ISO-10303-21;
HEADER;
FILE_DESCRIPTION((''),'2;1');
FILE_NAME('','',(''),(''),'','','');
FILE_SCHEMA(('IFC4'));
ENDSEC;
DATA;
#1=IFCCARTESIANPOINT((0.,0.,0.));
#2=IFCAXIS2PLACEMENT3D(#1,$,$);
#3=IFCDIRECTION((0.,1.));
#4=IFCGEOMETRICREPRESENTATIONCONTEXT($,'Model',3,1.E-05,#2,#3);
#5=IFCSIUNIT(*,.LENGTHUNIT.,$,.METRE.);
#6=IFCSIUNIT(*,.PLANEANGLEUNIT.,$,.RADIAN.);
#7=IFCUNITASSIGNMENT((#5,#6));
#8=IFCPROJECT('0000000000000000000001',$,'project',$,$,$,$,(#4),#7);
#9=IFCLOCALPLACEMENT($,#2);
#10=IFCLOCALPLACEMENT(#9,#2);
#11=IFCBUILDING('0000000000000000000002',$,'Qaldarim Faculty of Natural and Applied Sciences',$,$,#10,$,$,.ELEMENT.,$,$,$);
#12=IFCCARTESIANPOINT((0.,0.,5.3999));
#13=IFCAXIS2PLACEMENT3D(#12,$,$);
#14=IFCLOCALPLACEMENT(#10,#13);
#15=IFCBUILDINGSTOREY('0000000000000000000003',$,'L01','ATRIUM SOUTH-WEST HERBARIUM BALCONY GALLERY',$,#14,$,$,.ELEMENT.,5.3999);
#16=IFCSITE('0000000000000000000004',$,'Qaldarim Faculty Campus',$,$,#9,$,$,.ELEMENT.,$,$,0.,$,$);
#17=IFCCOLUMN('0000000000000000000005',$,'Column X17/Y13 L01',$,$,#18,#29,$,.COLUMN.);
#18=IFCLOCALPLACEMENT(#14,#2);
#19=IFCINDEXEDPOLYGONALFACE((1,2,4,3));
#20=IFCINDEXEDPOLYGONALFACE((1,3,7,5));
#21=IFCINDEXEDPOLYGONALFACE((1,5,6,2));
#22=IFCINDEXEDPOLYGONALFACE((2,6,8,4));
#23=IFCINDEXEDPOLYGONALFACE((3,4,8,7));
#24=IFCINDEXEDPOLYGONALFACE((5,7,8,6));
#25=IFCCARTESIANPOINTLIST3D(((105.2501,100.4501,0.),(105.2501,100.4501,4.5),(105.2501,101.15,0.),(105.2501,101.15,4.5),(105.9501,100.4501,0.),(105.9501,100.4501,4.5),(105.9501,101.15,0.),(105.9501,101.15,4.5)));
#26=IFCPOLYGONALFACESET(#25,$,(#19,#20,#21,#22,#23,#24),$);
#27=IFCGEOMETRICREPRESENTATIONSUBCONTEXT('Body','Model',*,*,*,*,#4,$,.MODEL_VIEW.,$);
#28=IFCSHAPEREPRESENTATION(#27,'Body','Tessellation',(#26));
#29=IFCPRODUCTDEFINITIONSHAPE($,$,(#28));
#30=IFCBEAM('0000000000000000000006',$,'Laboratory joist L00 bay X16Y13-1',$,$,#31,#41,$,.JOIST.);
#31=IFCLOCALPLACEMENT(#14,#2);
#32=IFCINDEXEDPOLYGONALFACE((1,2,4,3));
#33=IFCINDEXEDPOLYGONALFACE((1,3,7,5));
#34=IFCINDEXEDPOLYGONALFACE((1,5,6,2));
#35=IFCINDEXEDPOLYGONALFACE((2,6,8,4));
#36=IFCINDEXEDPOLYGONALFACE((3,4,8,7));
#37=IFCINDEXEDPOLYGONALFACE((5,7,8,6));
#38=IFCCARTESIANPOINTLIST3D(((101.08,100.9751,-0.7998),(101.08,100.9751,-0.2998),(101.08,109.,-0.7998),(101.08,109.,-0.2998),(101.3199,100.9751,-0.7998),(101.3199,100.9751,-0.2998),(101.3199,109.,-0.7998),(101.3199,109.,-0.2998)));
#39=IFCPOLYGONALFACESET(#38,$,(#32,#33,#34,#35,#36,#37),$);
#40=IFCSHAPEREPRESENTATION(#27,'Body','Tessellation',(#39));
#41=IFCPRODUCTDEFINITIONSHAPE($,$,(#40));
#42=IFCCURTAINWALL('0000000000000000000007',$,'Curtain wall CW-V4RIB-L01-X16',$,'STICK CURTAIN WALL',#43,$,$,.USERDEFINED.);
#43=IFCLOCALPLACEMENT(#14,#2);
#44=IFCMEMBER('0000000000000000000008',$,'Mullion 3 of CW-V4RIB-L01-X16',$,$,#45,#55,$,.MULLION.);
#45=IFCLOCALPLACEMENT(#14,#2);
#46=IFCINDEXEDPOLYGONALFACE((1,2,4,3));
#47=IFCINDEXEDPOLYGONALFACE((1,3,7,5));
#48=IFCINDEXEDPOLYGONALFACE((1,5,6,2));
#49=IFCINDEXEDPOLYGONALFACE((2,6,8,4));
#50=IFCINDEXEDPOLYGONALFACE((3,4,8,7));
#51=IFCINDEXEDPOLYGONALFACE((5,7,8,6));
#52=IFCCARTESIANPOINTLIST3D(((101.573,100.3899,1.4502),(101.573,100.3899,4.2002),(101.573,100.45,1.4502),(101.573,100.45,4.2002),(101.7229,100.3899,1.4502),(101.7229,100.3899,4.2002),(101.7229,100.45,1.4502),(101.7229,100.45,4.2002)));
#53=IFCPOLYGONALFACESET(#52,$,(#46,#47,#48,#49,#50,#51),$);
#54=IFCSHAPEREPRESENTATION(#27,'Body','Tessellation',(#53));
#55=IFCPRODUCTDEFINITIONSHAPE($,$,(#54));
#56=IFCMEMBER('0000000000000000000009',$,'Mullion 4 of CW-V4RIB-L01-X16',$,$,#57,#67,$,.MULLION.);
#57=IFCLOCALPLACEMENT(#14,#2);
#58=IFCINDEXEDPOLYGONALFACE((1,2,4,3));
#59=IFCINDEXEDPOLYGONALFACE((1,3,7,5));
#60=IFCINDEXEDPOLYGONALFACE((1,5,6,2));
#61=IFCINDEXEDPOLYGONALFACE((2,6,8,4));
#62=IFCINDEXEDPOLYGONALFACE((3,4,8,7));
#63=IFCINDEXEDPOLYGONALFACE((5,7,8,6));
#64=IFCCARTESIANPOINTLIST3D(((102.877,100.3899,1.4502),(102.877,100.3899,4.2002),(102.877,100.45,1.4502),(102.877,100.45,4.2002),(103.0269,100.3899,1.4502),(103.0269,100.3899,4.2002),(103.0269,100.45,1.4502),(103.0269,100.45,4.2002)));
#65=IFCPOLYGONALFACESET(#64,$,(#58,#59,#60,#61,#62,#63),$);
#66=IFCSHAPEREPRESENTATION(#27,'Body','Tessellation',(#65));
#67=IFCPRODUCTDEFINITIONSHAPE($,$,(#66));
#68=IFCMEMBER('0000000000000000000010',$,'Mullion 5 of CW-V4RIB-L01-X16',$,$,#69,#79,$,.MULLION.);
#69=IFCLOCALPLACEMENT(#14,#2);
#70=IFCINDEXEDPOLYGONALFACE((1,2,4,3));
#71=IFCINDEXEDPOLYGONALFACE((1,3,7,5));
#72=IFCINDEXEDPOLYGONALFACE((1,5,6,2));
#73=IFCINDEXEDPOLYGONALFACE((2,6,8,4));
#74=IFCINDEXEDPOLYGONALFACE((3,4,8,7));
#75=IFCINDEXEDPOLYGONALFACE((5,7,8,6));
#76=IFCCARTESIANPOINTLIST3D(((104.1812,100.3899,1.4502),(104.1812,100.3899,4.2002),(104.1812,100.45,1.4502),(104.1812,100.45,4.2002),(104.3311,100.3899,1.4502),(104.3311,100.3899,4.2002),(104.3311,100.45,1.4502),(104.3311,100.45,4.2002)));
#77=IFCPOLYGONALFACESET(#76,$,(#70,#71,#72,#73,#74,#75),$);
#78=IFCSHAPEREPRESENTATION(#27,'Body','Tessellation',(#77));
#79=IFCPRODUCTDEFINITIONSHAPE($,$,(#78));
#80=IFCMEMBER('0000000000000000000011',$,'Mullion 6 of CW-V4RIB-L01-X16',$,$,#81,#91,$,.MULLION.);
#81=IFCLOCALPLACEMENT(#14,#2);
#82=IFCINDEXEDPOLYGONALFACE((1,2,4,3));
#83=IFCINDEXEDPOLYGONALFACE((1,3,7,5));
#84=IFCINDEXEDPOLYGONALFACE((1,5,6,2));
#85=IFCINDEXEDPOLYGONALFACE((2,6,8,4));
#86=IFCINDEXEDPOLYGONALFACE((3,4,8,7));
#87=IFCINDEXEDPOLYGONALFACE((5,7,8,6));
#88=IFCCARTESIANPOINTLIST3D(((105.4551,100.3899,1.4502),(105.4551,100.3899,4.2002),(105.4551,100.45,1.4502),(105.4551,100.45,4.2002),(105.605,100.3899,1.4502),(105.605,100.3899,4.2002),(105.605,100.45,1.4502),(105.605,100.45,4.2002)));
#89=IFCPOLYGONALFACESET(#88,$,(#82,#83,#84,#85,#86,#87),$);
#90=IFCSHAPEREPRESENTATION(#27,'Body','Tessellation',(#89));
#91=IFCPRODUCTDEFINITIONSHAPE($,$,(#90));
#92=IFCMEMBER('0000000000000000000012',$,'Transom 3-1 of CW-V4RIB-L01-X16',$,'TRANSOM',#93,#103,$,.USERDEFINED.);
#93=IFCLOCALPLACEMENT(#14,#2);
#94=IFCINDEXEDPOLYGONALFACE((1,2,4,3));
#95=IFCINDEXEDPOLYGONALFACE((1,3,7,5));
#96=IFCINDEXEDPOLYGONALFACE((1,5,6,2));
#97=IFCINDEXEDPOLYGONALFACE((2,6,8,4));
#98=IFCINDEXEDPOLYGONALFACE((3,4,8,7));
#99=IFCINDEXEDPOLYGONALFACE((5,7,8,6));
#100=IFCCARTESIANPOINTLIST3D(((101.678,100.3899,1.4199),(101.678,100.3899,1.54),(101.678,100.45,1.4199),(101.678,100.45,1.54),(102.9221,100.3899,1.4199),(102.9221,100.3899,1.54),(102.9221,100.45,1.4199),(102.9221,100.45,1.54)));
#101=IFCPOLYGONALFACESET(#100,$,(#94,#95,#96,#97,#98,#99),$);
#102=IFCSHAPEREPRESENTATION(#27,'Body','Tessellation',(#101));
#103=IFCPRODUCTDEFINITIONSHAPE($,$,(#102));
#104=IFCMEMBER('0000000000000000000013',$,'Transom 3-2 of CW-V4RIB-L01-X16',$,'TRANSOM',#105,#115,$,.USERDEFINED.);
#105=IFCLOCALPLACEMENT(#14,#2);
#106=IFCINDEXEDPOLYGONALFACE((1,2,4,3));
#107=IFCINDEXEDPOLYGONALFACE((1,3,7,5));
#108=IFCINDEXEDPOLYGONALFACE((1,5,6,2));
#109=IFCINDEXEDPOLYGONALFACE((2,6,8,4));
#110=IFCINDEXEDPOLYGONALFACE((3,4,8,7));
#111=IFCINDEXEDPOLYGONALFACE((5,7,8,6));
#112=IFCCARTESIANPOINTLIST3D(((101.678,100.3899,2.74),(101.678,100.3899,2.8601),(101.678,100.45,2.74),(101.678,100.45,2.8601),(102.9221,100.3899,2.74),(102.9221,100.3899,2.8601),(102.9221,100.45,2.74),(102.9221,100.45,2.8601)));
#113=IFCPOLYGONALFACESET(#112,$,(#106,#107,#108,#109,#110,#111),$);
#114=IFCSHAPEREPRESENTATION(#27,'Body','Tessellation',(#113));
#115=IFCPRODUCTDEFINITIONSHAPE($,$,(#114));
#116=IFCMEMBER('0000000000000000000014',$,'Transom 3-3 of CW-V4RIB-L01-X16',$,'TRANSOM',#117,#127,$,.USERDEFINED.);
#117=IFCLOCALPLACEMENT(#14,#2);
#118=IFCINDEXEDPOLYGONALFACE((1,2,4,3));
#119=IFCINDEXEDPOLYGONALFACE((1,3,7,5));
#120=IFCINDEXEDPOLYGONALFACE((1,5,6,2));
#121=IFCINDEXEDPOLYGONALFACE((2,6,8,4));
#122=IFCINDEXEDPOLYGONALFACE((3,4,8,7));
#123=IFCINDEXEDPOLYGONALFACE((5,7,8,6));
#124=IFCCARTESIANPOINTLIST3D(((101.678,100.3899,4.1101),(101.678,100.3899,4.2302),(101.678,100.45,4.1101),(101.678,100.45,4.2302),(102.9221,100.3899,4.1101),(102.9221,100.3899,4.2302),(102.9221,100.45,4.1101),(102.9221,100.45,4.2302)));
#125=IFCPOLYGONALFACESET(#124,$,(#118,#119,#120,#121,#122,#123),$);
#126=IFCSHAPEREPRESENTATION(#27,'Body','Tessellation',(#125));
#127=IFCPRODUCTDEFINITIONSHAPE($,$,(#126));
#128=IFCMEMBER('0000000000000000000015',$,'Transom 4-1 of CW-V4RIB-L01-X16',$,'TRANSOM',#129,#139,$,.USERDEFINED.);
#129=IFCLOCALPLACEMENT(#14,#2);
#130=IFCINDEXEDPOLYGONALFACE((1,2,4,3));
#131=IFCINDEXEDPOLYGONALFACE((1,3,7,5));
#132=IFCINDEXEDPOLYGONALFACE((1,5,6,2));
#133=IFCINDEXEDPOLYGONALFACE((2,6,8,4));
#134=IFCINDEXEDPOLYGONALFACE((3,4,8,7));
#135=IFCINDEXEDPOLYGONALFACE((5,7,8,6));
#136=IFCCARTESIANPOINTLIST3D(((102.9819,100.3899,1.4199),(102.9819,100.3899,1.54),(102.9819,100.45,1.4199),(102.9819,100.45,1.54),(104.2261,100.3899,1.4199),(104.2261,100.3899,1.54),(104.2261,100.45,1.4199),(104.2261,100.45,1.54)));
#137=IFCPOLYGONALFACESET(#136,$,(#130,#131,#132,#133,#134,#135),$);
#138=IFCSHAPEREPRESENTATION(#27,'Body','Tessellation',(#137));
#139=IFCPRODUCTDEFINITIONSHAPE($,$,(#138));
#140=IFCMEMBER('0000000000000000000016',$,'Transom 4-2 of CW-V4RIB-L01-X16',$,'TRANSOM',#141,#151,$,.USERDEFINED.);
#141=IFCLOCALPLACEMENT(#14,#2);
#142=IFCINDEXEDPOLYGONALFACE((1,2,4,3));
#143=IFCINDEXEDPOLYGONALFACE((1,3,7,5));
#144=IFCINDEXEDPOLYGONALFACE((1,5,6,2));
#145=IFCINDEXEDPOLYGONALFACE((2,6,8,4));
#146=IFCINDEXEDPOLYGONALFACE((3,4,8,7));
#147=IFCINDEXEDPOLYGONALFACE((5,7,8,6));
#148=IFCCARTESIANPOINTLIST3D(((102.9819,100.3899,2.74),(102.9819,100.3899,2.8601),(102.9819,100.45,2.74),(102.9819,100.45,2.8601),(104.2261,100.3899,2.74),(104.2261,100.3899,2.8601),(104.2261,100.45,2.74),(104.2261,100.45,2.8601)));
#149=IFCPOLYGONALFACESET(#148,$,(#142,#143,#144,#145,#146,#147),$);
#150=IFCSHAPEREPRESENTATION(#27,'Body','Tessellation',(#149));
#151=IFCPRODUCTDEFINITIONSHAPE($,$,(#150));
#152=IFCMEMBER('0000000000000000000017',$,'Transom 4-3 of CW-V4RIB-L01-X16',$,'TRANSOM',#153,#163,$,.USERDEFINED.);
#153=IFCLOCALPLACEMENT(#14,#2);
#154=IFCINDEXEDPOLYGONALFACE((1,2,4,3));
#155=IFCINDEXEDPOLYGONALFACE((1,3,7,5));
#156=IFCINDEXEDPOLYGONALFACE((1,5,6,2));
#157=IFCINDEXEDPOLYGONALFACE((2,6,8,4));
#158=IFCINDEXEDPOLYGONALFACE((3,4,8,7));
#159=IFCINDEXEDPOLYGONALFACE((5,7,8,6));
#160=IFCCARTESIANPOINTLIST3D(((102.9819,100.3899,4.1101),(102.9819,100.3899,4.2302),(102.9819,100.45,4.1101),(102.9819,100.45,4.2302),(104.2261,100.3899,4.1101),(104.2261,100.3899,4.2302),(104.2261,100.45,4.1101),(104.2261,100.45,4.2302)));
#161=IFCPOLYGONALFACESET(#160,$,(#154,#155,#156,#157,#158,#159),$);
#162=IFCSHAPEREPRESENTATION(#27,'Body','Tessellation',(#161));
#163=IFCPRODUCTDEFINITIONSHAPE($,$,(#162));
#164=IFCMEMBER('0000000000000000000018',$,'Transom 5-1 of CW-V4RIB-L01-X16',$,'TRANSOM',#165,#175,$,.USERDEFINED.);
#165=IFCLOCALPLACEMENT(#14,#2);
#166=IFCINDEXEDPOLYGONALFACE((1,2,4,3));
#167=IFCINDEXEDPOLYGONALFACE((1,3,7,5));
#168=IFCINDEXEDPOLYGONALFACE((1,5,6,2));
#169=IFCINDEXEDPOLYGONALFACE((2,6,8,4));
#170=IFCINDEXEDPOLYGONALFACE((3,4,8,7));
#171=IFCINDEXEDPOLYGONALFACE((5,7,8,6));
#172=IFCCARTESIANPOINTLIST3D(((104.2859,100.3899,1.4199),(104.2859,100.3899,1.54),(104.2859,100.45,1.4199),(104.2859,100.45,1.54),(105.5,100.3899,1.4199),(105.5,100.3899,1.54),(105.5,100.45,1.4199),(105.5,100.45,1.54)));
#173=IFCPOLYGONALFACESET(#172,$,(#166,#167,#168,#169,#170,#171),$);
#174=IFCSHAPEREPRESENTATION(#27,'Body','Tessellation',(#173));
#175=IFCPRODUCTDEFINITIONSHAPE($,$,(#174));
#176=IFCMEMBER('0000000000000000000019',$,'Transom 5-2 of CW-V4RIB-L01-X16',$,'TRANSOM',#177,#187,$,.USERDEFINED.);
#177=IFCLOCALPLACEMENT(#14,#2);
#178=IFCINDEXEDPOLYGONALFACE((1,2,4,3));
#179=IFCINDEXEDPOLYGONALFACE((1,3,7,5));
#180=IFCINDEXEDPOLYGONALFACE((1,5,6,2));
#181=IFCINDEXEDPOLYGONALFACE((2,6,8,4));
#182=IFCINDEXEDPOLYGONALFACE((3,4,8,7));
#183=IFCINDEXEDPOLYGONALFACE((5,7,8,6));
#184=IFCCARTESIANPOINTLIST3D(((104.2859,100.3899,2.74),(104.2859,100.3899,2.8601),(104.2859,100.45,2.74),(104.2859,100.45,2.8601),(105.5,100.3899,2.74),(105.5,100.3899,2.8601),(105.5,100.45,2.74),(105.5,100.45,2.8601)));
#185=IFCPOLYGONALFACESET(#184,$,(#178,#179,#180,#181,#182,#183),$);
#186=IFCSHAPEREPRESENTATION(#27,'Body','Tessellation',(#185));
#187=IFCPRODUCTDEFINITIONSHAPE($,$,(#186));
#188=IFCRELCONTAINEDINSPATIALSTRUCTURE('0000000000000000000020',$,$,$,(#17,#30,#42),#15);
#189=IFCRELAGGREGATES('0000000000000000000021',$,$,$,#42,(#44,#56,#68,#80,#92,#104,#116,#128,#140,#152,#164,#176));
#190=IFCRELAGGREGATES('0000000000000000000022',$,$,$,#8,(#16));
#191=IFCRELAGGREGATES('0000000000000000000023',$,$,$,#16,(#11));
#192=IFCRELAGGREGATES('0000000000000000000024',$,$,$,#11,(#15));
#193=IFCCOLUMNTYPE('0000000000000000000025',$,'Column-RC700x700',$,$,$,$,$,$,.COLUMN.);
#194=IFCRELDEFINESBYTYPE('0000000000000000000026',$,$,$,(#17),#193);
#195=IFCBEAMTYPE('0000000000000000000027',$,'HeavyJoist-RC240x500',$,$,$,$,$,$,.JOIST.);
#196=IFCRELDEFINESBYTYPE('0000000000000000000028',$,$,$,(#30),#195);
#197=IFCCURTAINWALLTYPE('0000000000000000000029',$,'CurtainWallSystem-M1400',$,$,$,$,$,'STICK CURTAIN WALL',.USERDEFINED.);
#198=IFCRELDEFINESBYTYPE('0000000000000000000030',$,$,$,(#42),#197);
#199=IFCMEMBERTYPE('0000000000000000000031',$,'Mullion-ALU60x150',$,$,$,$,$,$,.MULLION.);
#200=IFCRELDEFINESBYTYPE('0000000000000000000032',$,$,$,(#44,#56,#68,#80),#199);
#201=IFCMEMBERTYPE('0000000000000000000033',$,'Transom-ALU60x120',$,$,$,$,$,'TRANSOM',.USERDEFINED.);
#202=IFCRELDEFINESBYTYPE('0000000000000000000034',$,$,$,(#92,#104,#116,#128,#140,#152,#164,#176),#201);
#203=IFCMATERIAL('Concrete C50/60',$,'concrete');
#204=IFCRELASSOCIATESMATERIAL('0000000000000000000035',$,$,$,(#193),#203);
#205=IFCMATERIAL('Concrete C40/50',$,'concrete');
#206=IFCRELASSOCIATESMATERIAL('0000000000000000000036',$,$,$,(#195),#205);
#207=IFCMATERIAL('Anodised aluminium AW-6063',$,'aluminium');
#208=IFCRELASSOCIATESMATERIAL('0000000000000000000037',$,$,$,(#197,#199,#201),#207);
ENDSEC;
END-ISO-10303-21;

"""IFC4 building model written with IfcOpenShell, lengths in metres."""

from ifc_helpers import new_model, si_unit, direction, frame, origin, origin_2d, place, context, subcontext, project, spatial, rectangle, extrude, material, material_profile, profile_set, type_object, element, aggregate, save


model = new_model("IFC4")

# Units and contexts
model_context = context("Model", 3, precision=1e-05, world=origin(), true_north=direction((0.0, 1.0)))
body_context = subcontext(model_context, "Body", "Model", "MODEL_VIEW")
ifc_project = project(units=[si_unit("LENGTHUNIT", "METRE"), si_unit("PLANEANGLEUNIT", "RADIAN")], contexts=[model_context])

# Site, building, storey
site_placement = place(None, origin())
site = spatial("IfcSite", under=ifc_project, at=site_placement, Name="Qaldarim Faculty Campus", CompositionType="ELEMENT", RefElevation=0.0)
building_placement = place(site_placement, origin())
building = spatial("IfcBuilding", under=site, at=building_placement, Name="Qaldarim Faculty of Natural and Applied Sciences", CompositionType="ELEMENT")
storey_placement = place(building_placement, frame((0.0, 0.0, 5.3999)))
storey = spatial("IfcBuildingStorey", under=building, at=storey_placement, Name="L01", Description="ATRIUM SOUTH-WEST HERBARIUM BALCONY GALLERY", CompositionType="ELEMENT", Elevation=5.3999)

# Column
ifc_material_1 = material(Name="Concrete C50/60", Category="concrete")
ifc_material_profile_1 = material_profile(ifc_material_1, rectangle(XDim=0.7, YDim=0.7, at=origin_2d()), Name="RC-C700x700")
ifc_profile_set_1 = profile_set([ifc_material_profile_1], Name="Concrete C50/60")
column_type = type_object("IfcColumnType", Name="Column-RC700x700", PredefinedType="COLUMN", material=ifc_profile_set_1)
column_placement = place(storey_placement, frame((105.6001, 100.8, 0.0), z_axis=(0.0, 0.0, 1.0), x_axis=(1.0, 0.0, 0.0)))
element("IfcColumn", 1, at=column_placement, inside=storey, type_object=column_type, Name="Column X17/Y13 L01", PredefinedType="COLUMN", context=body_context, shape_type="SweptSolid", body=[
    extrude(rectangle(XDim=0.7, YDim=0.7, at=origin_2d()), origin(), (0.0, 0.0, 1.0), 4.5),
])

# Beam
ifc_material_2 = material(Name="Concrete C40/50", Category="concrete")
ifc_material_profile_2 = material_profile(ifc_material_2, rectangle(XDim=0.24, YDim=0.5, at=origin_2d()), Name="RC-J240x500")
ifc_profile_set_2 = profile_set([ifc_material_profile_2], Name="Concrete C40/50")
beam_type = type_object("IfcBeamType", Name="HeavyJoist-RC240x500", PredefinedType="JOIST", material=ifc_profile_set_2)
beam_placement = place(storey_placement, frame((101.2, 100.9751, -0.5498), z_axis=(0.0, 1.0, 0.0), x_axis=(-1.0, 0.0, 0.0)))
element("IfcBeam", 2, at=beam_placement, inside=storey, type_object=beam_type, Name="Laboratory joist L00 bay X16Y13-1", PredefinedType="JOIST", context=body_context, shape_type="SweptSolid", body=[
    extrude(rectangle(XDim=0.24, YDim=0.5, at=origin_2d()), origin(), (0.0, 0.0, 1.0), 8.0249),
])

# Curtain wall, members
ifc_material_3 = material(Name="Anodised aluminium AW-6063", Category="aluminium")
curtain_wall_type = type_object("IfcCurtainWallType", Name="CurtainWallSystem-M1400", ElementType="STICK CURTAIN WALL", PredefinedType="USERDEFINED", material=ifc_material_3)
curtain_wall_placement = place(storey_placement, origin())
curtain_wall = element("IfcCurtainWall", 3, at=curtain_wall_placement, inside=storey, type_object=curtain_wall_type, Name="Curtain wall CW-V4RIB-L01-X16", ObjectType="STICK CURTAIN WALL", PredefinedType="USERDEFINED")
ifc_material_profile_3 = material_profile(ifc_material_3, rectangle(XDim=0.0601, YDim=0.1499, at=origin_2d()), Name="ALU-M60x150")
ifc_profile_set_3 = profile_set([ifc_material_profile_3], Name="Anodised aluminium AW-6063")
member_type_1 = type_object("IfcMemberType", Name="Mullion-ALU60x150", PredefinedType="MULLION", material=ifc_profile_set_3)
member_1_placement = place(storey_placement, frame((101.6479, 100.4199, 1.4502), z_axis=(0.0, 0.0, 1.0), x_axis=(0.0, 1.0, 0.0)))
member_1 = element("IfcMember", 4, at=member_1_placement, type_object=member_type_1, Name="Mullion 3 of CW-V4RIB-L01-X16", PredefinedType="MULLION", context=body_context, shape_type="SweptSolid", body=[
    extrude(rectangle(XDim=0.0601, YDim=0.1499, at=origin_2d()), origin(), (0.0, 0.0, 1.0), 2.75),
])
member_2_placement = place(storey_placement, frame((102.9519, 100.4199, 1.4502), z_axis=(0.0, 0.0, 1.0), x_axis=(0.0, 1.0, 0.0)))
member_2 = element("IfcMember", 5, at=member_2_placement, type_object=member_type_1, Name="Mullion 4 of CW-V4RIB-L01-X16", PredefinedType="MULLION", context=body_context, shape_type="SweptSolid", body=[
    extrude(rectangle(XDim=0.0601, YDim=0.1499, at=origin_2d()), origin(), (0.0, 0.0, 1.0), 2.75),
])
member_3_placement = place(storey_placement, frame((104.2561, 100.4199, 1.4502), z_axis=(0.0, 0.0, 1.0), x_axis=(0.0, 1.0, 0.0)))
member_3 = element("IfcMember", 6, at=member_3_placement, type_object=member_type_1, Name="Mullion 5 of CW-V4RIB-L01-X16", PredefinedType="MULLION", context=body_context, shape_type="SweptSolid", body=[
    extrude(rectangle(XDim=0.0601, YDim=0.1499, at=origin_2d()), origin(), (0.0, 0.0, 1.0), 2.75),
])
member_4_placement = place(storey_placement, frame((105.53, 100.4199, 1.4502), z_axis=(0.0, 0.0, 1.0), x_axis=(0.0, 1.0, 0.0)))
member_4 = element("IfcMember", 7, at=member_4_placement, type_object=member_type_1, Name="Mullion 6 of CW-V4RIB-L01-X16", PredefinedType="MULLION", context=body_context, shape_type="SweptSolid", body=[
    extrude(rectangle(XDim=0.0601, YDim=0.1499, at=origin_2d()), origin(), (0.0, 0.0, 1.0), 2.75),
])
ifc_material_profile_4 = material_profile(ifc_material_3, rectangle(XDim=0.0601, YDim=0.1201, at=origin_2d()), Name="ALU-T60x120")
ifc_profile_set_4 = profile_set([ifc_material_profile_4], Name="Anodised aluminium AW-6063")
member_type_2 = type_object("IfcMemberType", Name="Transom-ALU60x120", ElementType="TRANSOM", PredefinedType="USERDEFINED", material=ifc_profile_set_4)
member_5_placement = place(storey_placement, frame((101.678, 100.4199, 1.48), z_axis=(1.0, 0.0, 0.0), x_axis=(0.0, 1.0, 0.0)))
member_5 = element("IfcMember", 8, at=member_5_placement, type_object=member_type_2, Name="Transom 3-1 of CW-V4RIB-L01-X16", ObjectType="TRANSOM", PredefinedType="USERDEFINED", context=body_context, shape_type="SweptSolid", body=[
    extrude(rectangle(XDim=0.0601, YDim=0.1201, at=origin_2d()), origin(), (0.0, 0.0, 1.0), 1.2441),
])
member_6_placement = place(storey_placement, frame((101.678, 100.4199, 2.8), z_axis=(1.0, 0.0, 0.0), x_axis=(0.0, 1.0, 0.0)))
member_6 = element("IfcMember", 9, at=member_6_placement, type_object=member_type_2, Name="Transom 3-2 of CW-V4RIB-L01-X16", ObjectType="TRANSOM", PredefinedType="USERDEFINED", context=body_context, shape_type="SweptSolid", body=[
    extrude(rectangle(XDim=0.0601, YDim=0.1201, at=origin_2d()), origin(), (0.0, 0.0, 1.0), 1.2441),
])
member_7_placement = place(storey_placement, frame((101.678, 100.4199, 4.1702), z_axis=(1.0, 0.0, 0.0), x_axis=(0.0, 1.0, 0.0)))
member_7 = element("IfcMember", 10, at=member_7_placement, type_object=member_type_2, Name="Transom 3-3 of CW-V4RIB-L01-X16", ObjectType="TRANSOM", PredefinedType="USERDEFINED", context=body_context, shape_type="SweptSolid", body=[
    extrude(rectangle(XDim=0.0601, YDim=0.1201, at=origin_2d()), origin(), (0.0, 0.0, 1.0), 1.2441),
])
member_8_placement = place(storey_placement, frame((102.9819, 100.4199, 1.48), z_axis=(1.0, 0.0, 0.0), x_axis=(0.0, 1.0, 0.0)))
member_8 = element("IfcMember", 11, at=member_8_placement, type_object=member_type_2, Name="Transom 4-1 of CW-V4RIB-L01-X16", ObjectType="TRANSOM", PredefinedType="USERDEFINED", context=body_context, shape_type="SweptSolid", body=[
    extrude(rectangle(XDim=0.0601, YDim=0.1201, at=origin_2d()), origin(), (0.0, 0.0, 1.0), 1.2441),
])
member_9_placement = place(storey_placement, frame((102.9819, 100.4199, 2.8), z_axis=(1.0, 0.0, 0.0), x_axis=(0.0, 1.0, 0.0)))
member_9 = element("IfcMember", 12, at=member_9_placement, type_object=member_type_2, Name="Transom 4-2 of CW-V4RIB-L01-X16", ObjectType="TRANSOM", PredefinedType="USERDEFINED", context=body_context, shape_type="SweptSolid", body=[
    extrude(rectangle(XDim=0.0601, YDim=0.1201, at=origin_2d()), origin(), (0.0, 0.0, 1.0), 1.2441),
])
member_10_placement = place(storey_placement, frame((102.9819, 100.4199, 4.1702), z_axis=(1.0, 0.0, 0.0), x_axis=(0.0, 1.0, 0.0)))
member_10 = element("IfcMember", 13, at=member_10_placement, type_object=member_type_2, Name="Transom 4-3 of CW-V4RIB-L01-X16", ObjectType="TRANSOM", PredefinedType="USERDEFINED", context=body_context, shape_type="SweptSolid", body=[
    extrude(rectangle(XDim=0.0601, YDim=0.1201, at=origin_2d()), origin(), (0.0, 0.0, 1.0), 1.2441),
])
member_11_placement = place(storey_placement, frame((104.2859, 100.4199, 1.48), z_axis=(1.0, 0.0, 0.0), x_axis=(0.0, 1.0, 0.0)))
member_11 = element("IfcMember", 14, at=member_11_placement, type_object=member_type_2, Name="Transom 5-1 of CW-V4RIB-L01-X16", ObjectType="TRANSOM", PredefinedType="USERDEFINED", context=body_context, shape_type="SweptSolid", body=[
    extrude(rectangle(XDim=0.0601, YDim=0.1201, at=origin_2d()), origin(), (0.0, 0.0, 1.0), 1.2141),
])
member_12_placement = place(storey_placement, frame((104.2859, 100.4199, 2.8), z_axis=(1.0, 0.0, 0.0), x_axis=(0.0, 1.0, 0.0)))
member_12 = element("IfcMember", 15, at=member_12_placement, type_object=member_type_2, Name="Transom 5-2 of CW-V4RIB-L01-X16", ObjectType="TRANSOM", PredefinedType="USERDEFINED", context=body_context, shape_type="SweptSolid", body=[
    extrude(rectangle(XDim=0.0601, YDim=0.1201, at=origin_2d()), origin(), (0.0, 0.0, 1.0), 1.2141),
])
aggregate(curtain_wall, [member_1, member_2, member_3, member_4, member_5, member_6, member_7, member_8, member_9, member_10, member_11, member_12])

save(model, "model.ifc")
